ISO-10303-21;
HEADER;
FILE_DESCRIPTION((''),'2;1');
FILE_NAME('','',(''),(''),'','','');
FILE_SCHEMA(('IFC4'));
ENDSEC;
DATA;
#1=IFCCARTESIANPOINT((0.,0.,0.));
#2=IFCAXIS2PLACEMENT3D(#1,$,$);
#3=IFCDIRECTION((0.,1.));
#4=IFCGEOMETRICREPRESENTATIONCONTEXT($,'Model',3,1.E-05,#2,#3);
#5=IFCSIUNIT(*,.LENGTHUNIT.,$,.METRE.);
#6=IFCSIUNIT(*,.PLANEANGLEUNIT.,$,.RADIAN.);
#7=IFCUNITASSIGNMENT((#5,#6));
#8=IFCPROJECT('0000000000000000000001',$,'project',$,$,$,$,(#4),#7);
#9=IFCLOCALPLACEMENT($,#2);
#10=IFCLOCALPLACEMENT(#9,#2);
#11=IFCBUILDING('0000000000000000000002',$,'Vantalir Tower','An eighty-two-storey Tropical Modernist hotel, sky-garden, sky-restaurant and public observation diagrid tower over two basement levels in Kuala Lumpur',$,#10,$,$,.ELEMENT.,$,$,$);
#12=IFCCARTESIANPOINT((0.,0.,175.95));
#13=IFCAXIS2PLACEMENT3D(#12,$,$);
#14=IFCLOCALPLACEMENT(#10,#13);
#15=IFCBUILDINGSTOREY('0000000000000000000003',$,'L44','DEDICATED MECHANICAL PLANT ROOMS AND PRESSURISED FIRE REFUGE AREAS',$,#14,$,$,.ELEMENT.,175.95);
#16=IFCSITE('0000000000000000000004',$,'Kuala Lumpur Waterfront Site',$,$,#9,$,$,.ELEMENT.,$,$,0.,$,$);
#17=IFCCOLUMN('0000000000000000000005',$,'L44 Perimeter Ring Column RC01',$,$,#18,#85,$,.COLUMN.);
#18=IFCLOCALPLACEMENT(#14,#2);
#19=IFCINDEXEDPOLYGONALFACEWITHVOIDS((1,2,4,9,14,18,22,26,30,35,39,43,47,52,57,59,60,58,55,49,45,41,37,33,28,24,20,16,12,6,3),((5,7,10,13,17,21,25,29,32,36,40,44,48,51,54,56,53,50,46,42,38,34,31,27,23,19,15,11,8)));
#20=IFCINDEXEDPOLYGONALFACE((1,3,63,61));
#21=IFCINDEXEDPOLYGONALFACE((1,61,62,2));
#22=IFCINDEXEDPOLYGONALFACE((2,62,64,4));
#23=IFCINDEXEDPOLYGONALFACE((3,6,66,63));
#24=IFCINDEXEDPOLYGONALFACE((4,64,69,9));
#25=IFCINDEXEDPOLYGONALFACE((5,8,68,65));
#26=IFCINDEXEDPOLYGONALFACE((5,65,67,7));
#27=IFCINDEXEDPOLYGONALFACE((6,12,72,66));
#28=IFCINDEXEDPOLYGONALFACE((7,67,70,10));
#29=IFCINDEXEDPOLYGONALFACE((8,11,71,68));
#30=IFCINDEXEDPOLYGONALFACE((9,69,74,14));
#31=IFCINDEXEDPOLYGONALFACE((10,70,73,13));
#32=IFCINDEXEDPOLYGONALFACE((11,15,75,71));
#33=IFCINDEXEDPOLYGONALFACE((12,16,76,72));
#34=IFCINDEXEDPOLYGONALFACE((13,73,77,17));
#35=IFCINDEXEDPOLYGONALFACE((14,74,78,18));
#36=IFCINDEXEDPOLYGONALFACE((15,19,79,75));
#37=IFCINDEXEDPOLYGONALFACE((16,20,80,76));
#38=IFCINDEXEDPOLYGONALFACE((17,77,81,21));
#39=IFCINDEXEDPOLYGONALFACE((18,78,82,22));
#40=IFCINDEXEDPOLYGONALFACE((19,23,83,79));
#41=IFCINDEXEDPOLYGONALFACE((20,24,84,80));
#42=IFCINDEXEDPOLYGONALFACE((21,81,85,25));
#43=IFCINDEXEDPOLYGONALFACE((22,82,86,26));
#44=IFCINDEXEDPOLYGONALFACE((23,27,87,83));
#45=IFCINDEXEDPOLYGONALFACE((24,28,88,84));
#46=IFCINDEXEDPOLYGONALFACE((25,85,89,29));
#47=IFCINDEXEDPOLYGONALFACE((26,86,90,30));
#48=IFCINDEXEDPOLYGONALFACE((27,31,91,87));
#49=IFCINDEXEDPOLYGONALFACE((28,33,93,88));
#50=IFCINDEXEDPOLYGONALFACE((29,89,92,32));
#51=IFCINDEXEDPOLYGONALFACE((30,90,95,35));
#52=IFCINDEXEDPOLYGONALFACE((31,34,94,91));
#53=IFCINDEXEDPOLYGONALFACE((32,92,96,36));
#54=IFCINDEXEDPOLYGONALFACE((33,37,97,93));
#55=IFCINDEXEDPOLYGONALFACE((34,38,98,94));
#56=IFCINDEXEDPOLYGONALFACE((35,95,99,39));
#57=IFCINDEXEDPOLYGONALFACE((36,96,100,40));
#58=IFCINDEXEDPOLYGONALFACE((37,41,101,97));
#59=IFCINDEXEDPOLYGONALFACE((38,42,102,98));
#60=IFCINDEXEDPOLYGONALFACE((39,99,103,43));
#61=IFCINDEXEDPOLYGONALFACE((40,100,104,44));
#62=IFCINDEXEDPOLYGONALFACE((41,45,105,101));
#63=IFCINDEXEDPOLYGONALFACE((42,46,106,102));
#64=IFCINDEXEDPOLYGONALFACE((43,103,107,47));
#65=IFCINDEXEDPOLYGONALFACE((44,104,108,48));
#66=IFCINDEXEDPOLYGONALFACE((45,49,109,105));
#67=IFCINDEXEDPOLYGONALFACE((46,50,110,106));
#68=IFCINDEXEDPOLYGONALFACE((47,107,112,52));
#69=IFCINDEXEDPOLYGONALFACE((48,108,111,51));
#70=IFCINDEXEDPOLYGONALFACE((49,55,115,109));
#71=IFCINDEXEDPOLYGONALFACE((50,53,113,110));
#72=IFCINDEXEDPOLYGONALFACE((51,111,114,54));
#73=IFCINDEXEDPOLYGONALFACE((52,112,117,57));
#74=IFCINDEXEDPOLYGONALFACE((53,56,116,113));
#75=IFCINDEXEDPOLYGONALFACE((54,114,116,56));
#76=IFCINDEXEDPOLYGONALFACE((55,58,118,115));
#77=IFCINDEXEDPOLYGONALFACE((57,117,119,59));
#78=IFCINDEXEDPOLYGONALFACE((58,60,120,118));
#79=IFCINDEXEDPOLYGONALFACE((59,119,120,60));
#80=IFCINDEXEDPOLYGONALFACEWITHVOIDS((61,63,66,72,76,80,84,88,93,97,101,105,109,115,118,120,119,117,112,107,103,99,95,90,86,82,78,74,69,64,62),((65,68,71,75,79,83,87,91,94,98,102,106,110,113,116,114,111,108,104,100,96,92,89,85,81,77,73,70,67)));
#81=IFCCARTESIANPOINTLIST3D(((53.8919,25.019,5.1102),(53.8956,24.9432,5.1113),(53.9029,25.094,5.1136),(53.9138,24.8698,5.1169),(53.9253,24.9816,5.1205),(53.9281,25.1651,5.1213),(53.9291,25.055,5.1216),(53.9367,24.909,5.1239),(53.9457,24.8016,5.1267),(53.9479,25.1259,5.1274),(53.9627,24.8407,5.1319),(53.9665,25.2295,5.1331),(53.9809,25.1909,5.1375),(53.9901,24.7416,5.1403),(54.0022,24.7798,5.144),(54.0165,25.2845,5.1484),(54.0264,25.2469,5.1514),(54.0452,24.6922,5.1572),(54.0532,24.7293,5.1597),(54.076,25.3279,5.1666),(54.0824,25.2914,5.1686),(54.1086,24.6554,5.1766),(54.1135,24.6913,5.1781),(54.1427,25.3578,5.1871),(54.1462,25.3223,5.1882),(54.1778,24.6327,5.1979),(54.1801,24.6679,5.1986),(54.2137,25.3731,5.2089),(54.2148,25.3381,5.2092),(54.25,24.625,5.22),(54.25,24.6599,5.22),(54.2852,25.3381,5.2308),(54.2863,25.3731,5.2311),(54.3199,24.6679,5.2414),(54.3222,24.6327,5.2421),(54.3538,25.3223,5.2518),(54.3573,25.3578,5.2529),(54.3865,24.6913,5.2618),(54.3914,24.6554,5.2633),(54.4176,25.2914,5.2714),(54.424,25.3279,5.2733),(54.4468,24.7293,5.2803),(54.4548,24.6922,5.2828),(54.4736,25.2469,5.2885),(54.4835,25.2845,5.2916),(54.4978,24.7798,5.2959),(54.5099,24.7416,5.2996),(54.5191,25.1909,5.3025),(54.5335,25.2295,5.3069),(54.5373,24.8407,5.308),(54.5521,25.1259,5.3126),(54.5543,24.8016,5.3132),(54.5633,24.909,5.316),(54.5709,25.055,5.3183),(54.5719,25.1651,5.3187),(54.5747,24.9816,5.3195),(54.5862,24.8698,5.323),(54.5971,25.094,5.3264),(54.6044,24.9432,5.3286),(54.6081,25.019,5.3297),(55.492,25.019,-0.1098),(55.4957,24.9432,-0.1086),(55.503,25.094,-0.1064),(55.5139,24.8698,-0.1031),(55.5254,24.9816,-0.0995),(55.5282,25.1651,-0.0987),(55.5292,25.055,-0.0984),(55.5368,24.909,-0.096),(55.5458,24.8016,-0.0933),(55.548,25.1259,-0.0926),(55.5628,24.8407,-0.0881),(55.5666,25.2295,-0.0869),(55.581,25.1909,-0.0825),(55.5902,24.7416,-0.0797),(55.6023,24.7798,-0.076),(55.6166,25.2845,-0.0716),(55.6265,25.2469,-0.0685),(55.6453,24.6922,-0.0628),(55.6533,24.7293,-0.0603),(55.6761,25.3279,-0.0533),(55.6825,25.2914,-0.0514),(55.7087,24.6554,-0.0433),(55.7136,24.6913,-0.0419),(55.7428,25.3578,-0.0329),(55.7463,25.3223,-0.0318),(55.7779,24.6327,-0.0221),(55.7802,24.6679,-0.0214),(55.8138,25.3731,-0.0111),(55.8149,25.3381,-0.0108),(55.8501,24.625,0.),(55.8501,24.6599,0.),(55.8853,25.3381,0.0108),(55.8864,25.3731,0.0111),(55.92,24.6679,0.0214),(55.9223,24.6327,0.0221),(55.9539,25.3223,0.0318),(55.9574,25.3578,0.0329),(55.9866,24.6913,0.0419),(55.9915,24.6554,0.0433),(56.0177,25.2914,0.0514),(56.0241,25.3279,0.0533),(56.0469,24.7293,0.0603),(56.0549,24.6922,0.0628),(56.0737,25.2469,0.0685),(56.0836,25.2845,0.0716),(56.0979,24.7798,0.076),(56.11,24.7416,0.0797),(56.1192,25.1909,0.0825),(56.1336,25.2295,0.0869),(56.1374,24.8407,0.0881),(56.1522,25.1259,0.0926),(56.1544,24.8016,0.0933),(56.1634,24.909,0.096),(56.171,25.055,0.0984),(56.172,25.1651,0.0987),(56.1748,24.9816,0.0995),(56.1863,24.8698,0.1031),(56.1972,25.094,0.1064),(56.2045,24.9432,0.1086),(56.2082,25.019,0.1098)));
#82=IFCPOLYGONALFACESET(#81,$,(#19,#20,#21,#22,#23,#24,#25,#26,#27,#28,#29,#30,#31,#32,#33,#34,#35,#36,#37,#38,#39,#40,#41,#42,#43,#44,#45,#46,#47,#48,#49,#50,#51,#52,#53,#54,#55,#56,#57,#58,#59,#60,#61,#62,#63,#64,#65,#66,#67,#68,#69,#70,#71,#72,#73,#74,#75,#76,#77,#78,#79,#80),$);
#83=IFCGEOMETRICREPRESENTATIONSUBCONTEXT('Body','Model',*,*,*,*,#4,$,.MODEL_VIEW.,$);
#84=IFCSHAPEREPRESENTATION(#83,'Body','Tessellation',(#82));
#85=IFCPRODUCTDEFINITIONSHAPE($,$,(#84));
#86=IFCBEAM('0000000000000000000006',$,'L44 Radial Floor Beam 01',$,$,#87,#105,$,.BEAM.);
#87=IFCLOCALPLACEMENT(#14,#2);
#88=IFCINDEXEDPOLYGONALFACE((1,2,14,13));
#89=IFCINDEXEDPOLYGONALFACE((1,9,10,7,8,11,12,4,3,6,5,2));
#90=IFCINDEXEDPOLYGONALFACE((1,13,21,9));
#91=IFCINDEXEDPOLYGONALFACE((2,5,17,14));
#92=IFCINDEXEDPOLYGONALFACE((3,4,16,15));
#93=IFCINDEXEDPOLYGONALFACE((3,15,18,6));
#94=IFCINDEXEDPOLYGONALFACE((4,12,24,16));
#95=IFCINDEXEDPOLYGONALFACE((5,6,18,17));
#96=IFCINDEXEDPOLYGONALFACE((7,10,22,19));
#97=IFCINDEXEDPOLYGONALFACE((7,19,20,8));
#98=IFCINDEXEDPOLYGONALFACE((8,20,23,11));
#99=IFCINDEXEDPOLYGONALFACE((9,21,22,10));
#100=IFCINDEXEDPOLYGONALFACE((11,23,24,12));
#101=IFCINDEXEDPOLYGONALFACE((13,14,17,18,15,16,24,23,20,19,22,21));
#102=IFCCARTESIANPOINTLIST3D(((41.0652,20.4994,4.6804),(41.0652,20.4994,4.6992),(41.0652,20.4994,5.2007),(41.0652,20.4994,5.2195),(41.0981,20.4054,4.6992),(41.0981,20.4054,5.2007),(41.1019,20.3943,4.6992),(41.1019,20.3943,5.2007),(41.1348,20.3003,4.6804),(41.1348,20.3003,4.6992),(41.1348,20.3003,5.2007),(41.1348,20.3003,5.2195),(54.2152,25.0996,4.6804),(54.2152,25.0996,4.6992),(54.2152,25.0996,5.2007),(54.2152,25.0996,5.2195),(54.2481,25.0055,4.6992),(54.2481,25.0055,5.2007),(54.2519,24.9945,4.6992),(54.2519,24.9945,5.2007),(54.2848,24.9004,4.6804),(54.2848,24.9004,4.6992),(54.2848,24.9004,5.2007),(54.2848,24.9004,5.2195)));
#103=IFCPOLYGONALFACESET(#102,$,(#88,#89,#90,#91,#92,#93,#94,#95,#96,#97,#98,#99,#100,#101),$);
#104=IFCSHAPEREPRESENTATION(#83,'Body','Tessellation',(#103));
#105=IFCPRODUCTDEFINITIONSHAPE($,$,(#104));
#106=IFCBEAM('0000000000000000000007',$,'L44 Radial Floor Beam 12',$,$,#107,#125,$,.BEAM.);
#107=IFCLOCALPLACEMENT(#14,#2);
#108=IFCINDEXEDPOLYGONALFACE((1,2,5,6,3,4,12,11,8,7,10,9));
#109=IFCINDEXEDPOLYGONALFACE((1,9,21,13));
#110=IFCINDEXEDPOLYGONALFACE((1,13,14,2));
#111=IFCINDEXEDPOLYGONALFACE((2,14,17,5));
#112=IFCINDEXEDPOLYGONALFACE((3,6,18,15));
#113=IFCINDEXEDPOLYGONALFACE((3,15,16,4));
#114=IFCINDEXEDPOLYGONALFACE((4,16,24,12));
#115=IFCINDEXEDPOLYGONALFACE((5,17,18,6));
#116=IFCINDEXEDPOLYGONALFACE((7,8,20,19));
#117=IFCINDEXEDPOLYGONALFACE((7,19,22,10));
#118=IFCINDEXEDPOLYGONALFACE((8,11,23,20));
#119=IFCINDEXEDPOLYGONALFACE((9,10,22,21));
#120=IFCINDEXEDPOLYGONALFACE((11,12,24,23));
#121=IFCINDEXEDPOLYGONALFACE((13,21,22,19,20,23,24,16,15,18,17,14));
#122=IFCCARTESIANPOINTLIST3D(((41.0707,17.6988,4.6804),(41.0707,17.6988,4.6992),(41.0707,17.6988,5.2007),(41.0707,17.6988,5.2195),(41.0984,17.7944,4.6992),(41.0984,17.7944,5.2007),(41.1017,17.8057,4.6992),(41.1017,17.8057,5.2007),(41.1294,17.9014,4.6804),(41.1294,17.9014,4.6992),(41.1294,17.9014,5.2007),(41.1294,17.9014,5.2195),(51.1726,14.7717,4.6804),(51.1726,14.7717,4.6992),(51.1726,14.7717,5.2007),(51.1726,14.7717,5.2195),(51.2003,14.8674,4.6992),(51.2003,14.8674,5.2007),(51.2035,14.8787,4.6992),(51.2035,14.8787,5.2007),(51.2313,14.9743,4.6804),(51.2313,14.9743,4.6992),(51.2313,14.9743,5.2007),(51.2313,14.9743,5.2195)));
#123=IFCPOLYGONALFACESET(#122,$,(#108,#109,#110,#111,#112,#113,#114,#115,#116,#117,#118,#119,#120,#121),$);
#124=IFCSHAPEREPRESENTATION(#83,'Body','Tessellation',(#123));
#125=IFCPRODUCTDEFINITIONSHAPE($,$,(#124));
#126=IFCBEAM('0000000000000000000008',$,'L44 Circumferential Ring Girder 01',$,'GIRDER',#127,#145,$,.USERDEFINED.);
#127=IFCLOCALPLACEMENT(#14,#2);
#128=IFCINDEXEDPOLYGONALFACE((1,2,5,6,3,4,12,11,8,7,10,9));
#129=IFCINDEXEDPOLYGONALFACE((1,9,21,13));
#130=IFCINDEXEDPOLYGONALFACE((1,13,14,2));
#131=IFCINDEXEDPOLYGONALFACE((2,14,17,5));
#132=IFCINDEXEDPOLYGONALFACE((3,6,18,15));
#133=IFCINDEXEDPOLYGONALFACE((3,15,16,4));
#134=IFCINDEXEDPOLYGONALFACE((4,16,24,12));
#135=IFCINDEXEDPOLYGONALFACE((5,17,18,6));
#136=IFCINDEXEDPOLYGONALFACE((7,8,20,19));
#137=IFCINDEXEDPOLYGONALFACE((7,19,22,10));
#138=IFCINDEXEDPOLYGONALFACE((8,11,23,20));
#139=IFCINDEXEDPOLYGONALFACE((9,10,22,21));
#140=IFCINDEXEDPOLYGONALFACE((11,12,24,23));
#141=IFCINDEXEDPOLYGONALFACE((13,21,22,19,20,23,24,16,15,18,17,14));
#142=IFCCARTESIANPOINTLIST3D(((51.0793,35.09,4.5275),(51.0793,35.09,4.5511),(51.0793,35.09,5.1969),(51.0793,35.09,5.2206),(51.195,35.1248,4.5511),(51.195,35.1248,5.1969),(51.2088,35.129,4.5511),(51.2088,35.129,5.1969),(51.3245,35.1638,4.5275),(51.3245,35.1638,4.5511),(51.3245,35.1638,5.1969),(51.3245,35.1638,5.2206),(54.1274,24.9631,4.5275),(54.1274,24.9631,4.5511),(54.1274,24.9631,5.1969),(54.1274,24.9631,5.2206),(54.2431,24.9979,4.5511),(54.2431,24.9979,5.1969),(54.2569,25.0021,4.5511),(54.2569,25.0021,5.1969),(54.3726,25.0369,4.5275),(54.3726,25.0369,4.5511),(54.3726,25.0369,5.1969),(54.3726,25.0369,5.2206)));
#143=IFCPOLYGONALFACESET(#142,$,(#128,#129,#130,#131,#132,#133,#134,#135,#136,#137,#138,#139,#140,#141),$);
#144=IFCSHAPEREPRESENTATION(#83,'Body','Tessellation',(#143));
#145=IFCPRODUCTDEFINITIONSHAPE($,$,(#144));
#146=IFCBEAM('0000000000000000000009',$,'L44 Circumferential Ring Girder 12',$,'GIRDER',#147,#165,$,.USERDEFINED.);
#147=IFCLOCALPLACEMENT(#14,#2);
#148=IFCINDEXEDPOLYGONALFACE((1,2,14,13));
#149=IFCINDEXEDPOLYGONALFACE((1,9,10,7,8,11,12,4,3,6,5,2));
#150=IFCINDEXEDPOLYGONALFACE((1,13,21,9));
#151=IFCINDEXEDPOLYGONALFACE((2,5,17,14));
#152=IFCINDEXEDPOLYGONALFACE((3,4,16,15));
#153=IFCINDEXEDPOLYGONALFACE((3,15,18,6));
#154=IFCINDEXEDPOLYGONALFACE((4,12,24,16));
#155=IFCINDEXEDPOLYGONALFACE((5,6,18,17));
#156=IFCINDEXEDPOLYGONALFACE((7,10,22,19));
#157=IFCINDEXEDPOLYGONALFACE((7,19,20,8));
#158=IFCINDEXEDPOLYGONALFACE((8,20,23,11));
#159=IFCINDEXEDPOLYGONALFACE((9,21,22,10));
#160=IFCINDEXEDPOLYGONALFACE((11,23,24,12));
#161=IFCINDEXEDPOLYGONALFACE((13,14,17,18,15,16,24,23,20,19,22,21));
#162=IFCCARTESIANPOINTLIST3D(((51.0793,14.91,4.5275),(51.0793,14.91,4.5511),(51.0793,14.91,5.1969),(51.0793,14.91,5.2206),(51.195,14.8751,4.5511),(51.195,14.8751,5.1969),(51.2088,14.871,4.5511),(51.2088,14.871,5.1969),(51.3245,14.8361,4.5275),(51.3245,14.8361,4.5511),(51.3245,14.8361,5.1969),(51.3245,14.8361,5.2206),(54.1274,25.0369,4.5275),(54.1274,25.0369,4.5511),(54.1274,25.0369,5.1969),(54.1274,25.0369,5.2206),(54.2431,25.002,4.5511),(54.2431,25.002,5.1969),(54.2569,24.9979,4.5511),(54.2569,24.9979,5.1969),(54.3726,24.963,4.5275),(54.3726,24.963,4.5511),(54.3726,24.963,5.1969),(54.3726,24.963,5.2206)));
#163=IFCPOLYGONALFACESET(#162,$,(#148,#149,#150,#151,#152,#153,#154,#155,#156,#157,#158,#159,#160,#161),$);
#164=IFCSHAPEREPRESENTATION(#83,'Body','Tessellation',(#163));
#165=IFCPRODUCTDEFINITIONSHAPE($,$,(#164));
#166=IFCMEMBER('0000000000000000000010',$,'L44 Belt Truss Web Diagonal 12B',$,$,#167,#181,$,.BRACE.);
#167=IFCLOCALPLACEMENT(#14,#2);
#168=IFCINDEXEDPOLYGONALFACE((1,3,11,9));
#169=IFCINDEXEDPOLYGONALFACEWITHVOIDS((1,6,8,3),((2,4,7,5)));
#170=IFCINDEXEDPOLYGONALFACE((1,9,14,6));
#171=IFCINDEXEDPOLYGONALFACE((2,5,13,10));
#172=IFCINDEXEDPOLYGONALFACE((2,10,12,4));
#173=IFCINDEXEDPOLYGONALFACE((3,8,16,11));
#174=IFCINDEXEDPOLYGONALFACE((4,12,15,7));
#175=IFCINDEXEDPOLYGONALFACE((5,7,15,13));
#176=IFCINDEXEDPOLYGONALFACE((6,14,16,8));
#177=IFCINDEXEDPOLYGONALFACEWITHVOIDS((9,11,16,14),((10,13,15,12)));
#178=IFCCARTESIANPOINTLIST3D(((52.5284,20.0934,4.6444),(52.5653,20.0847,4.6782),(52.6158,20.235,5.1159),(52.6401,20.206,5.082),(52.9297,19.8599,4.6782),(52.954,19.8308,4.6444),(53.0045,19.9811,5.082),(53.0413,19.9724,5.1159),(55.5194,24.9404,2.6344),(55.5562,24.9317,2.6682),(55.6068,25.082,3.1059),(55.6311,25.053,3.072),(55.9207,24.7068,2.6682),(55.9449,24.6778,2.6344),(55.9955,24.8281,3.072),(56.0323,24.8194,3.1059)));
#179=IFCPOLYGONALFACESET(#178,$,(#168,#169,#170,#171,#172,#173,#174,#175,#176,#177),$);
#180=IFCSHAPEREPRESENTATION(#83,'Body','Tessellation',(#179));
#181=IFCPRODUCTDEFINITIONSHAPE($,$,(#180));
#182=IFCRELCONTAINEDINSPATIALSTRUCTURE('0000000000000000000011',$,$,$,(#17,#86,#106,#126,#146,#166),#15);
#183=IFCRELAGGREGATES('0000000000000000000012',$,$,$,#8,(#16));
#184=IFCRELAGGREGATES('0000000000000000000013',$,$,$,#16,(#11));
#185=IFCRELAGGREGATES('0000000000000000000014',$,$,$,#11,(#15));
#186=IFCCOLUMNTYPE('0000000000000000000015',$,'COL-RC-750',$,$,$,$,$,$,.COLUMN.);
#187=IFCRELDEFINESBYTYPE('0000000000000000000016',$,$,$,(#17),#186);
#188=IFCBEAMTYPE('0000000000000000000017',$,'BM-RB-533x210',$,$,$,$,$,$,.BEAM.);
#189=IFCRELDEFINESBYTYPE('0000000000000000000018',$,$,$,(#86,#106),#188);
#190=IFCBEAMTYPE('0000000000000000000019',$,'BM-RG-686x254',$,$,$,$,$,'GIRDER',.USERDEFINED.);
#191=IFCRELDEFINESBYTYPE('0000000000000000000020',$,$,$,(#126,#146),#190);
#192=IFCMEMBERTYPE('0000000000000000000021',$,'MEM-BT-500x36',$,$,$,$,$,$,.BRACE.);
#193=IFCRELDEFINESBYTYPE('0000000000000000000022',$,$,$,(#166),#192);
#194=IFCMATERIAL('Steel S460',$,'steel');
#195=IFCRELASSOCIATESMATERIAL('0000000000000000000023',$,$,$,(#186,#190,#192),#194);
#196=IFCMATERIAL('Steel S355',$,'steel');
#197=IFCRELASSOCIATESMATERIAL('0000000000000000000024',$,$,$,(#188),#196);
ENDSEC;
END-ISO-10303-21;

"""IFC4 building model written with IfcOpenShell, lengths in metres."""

from ifc_helpers import new_model, si_unit, direction, frame, origin, origin_2d, place, context, subcontext, project, spatial, hollow_rectangle, hollow_circle, i_section, extrude, material, material_profile, profile_set, type_object, element, save


model = new_model("IFC4")

# Units and contexts
model_context = context("Model", 3, precision=1e-05, world=origin(), true_north=direction((0.0, 1.0)))
body_context = subcontext(model_context, "Body", "Model", "MODEL_VIEW")
ifc_project = project(units=[si_unit("LENGTHUNIT", "METRE"), si_unit("PLANEANGLEUNIT", "RADIAN")], contexts=[model_context])

# Site, building, storey
site_placement = place(None, origin())
site = spatial("IfcSite", under=ifc_project, at=site_placement, Name="Kuala Lumpur Waterfront Site", CompositionType="ELEMENT", RefElevation=0.0)
building_placement = place(site_placement, origin())
building = spatial("IfcBuilding", under=site, at=building_placement, Name="Vantalir Tower", Description="An eighty-two-storey Tropical Modernist hotel, sky-garden, sky-restaurant and public observation diagrid tower over two basement levels in Kuala Lumpur", CompositionType="ELEMENT")
storey_placement = place(building_placement, frame((0.0, 0.0, 175.95)))
storey = spatial("IfcBuildingStorey", under=building, at=storey_placement, Name="L44", Description="DEDICATED MECHANICAL PLANT ROOMS AND PRESSURISED FIRE REFUGE AREAS", CompositionType="ELEMENT", Elevation=175.95)

# Column
ifc_material_1 = material(Name="Steel S460", Category="steel")
ifc_material_profile_1 = material_profile(ifc_material_1, hollow_circle(Radius=0.375, WallThickness=0.0349, at=origin_2d()), Name="Steel S460")
ifc_profile_set_1 = profile_set([ifc_material_profile_1], Name="Steel S460")
column_type = type_object("IfcColumnType", Name="COL-RC-750", PredefinedType="COLUMN", material=ifc_profile_set_1)
column_placement = place(storey_placement, frame((55.8501, 25.0, 0.0), z_axis=(-0.293074, 0.0, 0.95609), x_axis=(0.0, -1.0, 0.0)))
element("IfcColumn", 1, at=column_placement, inside=storey, type_object=column_type, Name="L44 Perimeter Ring Column RC01", PredefinedType="COLUMN", context=body_context, shape_type="SweptSolid", body=[
    extrude(hollow_circle(Radius=0.375, WallThickness=0.0349, at=origin_2d()), origin(), (0.0, 0.0, 1.0), 5.4597),
])

# Beams
ifc_material_2 = material(Name="Steel S355", Category="steel")
ifc_material_profile_2 = material_profile(ifc_material_2, i_section(OverallWidth=0.2109, OverallDepth=0.5391, WebThickness=0.0117, FlangeThickness=0.0188, at=origin_2d()), Name="Steel S355")
ifc_profile_set_2 = profile_set([ifc_material_profile_2], Name="Steel S355")
beam_type_1 = type_object("IfcBeamType", Name="BM-RB-533x210", PredefinedType="BEAM", material=ifc_profile_set_2)
beam_1_placement = place(storey_placement, frame((54.25, 25.0, 4.95), z_axis=(-0.943911, -0.330199, 0.0), x_axis=(0.330199, -0.943911, 0.0)))
element("IfcBeam", 2, at=beam_1_placement, inside=storey, type_object=beam_type_1, Name="L44 Radial Floor Beam 01", PredefinedType="BEAM", context=body_context, shape_type="SweptSolid", body=[
    extrude(i_section(OverallWidth=0.2109, OverallDepth=0.5391, WebThickness=0.0117, FlangeThickness=0.0188, at=origin_2d()), origin(), (0.0, 0.0, 1.0), 13.9314),
])
beam_2_placement = place(storey_placement, frame((51.2019, 14.873, 4.95), z_axis=(-0.960493, 0.278303, 0.0), x_axis=(-0.278303, -0.960493, 0.0)))
element("IfcBeam", 3, at=beam_2_placement, inside=storey, type_object=beam_type_1, Name="L44 Radial Floor Beam 12", PredefinedType="BEAM", context=body_context, shape_type="SweptSolid", body=[
    extrude(i_section(OverallWidth=0.2109, OverallDepth=0.5391, WebThickness=0.0117, FlangeThickness=0.0188, at=origin_2d()), origin(), (0.0, 0.0, 1.0), 10.5173),
])
ifc_material_profile_3 = material_profile(ifc_material_1, i_section(OverallWidth=0.2561, OverallDepth=0.6931, WebThickness=0.0144, FlangeThickness=0.0237, at=origin_2d()), Name="Steel S460")
ifc_profile_set_3 = profile_set([ifc_material_profile_3], Name="Steel S460")
beam_type_2 = type_object("IfcBeamType", Name="BM-RG-686x254", ElementType="GIRDER", PredefinedType="USERDEFINED", material=ifc_profile_set_3)
for number, where, z_axis, x_axis, name in (
    (4, (54.25, 25.0, 4.874), (-0.288216, 0.957565, 0.0), (-0.957565, -0.288216, 0.0), "L44 Circumferential Ring Girder 01"),
    (5, (51.2019, 14.873, 4.874), (0.288216, 0.957565, 0.0), (-0.957565, 0.288216, 0.0), "L44 Circumferential Ring Girder 12"),
):
    element("IfcBeam", number, at=place(storey_placement, frame(where, z_axis=z_axis, x_axis=x_axis)), inside=storey, type_object=beam_type_2, Name=name, ObjectType="GIRDER", PredefinedType="USERDEFINED", context=body_context, shape_type="SweptSolid", body=[
        extrude(i_section(OverallWidth=0.2561, OverallDepth=0.6931, WebThickness=0.0144, FlangeThickness=0.0237, at=origin_2d()), origin(), (0.0, 0.0, 1.0), 10.5757),
    ])

# Member
ifc_material_profile_4 = material_profile(ifc_material_1, hollow_rectangle(XDim=0.5, YDim=0.5, WallThickness=0.0359, at=origin_2d()), Name="Steel S460")
ifc_profile_set_4 = profile_set([ifc_material_profile_4], Name="Steel S460")
member_type_1 = type_object("IfcMemberType", Name="MEM-BT-500x36", PredefinedType="BRACE", material=ifc_profile_set_4)
member_1_placement = place(storey_placement, frame((55.7759, 24.8799, 2.8701), z_axis=(-0.495213, -0.802503, 0.332796), x_axis=(0.851012, -0.525147, 0.0)))
element("IfcMember", 6, at=member_1_placement, inside=storey, type_object=member_type_1, Name="L44 Belt Truss Web Diagonal 12B", PredefinedType="BRACE", context=body_context, shape_type="SweptSolid", body=[
    extrude(hollow_rectangle(XDim=0.5, YDim=0.5, WallThickness=0.0359, at=origin_2d()), origin(), (0.0, 0.0, 1.0), 6.0398),
])

save(model, "model.ifc")
